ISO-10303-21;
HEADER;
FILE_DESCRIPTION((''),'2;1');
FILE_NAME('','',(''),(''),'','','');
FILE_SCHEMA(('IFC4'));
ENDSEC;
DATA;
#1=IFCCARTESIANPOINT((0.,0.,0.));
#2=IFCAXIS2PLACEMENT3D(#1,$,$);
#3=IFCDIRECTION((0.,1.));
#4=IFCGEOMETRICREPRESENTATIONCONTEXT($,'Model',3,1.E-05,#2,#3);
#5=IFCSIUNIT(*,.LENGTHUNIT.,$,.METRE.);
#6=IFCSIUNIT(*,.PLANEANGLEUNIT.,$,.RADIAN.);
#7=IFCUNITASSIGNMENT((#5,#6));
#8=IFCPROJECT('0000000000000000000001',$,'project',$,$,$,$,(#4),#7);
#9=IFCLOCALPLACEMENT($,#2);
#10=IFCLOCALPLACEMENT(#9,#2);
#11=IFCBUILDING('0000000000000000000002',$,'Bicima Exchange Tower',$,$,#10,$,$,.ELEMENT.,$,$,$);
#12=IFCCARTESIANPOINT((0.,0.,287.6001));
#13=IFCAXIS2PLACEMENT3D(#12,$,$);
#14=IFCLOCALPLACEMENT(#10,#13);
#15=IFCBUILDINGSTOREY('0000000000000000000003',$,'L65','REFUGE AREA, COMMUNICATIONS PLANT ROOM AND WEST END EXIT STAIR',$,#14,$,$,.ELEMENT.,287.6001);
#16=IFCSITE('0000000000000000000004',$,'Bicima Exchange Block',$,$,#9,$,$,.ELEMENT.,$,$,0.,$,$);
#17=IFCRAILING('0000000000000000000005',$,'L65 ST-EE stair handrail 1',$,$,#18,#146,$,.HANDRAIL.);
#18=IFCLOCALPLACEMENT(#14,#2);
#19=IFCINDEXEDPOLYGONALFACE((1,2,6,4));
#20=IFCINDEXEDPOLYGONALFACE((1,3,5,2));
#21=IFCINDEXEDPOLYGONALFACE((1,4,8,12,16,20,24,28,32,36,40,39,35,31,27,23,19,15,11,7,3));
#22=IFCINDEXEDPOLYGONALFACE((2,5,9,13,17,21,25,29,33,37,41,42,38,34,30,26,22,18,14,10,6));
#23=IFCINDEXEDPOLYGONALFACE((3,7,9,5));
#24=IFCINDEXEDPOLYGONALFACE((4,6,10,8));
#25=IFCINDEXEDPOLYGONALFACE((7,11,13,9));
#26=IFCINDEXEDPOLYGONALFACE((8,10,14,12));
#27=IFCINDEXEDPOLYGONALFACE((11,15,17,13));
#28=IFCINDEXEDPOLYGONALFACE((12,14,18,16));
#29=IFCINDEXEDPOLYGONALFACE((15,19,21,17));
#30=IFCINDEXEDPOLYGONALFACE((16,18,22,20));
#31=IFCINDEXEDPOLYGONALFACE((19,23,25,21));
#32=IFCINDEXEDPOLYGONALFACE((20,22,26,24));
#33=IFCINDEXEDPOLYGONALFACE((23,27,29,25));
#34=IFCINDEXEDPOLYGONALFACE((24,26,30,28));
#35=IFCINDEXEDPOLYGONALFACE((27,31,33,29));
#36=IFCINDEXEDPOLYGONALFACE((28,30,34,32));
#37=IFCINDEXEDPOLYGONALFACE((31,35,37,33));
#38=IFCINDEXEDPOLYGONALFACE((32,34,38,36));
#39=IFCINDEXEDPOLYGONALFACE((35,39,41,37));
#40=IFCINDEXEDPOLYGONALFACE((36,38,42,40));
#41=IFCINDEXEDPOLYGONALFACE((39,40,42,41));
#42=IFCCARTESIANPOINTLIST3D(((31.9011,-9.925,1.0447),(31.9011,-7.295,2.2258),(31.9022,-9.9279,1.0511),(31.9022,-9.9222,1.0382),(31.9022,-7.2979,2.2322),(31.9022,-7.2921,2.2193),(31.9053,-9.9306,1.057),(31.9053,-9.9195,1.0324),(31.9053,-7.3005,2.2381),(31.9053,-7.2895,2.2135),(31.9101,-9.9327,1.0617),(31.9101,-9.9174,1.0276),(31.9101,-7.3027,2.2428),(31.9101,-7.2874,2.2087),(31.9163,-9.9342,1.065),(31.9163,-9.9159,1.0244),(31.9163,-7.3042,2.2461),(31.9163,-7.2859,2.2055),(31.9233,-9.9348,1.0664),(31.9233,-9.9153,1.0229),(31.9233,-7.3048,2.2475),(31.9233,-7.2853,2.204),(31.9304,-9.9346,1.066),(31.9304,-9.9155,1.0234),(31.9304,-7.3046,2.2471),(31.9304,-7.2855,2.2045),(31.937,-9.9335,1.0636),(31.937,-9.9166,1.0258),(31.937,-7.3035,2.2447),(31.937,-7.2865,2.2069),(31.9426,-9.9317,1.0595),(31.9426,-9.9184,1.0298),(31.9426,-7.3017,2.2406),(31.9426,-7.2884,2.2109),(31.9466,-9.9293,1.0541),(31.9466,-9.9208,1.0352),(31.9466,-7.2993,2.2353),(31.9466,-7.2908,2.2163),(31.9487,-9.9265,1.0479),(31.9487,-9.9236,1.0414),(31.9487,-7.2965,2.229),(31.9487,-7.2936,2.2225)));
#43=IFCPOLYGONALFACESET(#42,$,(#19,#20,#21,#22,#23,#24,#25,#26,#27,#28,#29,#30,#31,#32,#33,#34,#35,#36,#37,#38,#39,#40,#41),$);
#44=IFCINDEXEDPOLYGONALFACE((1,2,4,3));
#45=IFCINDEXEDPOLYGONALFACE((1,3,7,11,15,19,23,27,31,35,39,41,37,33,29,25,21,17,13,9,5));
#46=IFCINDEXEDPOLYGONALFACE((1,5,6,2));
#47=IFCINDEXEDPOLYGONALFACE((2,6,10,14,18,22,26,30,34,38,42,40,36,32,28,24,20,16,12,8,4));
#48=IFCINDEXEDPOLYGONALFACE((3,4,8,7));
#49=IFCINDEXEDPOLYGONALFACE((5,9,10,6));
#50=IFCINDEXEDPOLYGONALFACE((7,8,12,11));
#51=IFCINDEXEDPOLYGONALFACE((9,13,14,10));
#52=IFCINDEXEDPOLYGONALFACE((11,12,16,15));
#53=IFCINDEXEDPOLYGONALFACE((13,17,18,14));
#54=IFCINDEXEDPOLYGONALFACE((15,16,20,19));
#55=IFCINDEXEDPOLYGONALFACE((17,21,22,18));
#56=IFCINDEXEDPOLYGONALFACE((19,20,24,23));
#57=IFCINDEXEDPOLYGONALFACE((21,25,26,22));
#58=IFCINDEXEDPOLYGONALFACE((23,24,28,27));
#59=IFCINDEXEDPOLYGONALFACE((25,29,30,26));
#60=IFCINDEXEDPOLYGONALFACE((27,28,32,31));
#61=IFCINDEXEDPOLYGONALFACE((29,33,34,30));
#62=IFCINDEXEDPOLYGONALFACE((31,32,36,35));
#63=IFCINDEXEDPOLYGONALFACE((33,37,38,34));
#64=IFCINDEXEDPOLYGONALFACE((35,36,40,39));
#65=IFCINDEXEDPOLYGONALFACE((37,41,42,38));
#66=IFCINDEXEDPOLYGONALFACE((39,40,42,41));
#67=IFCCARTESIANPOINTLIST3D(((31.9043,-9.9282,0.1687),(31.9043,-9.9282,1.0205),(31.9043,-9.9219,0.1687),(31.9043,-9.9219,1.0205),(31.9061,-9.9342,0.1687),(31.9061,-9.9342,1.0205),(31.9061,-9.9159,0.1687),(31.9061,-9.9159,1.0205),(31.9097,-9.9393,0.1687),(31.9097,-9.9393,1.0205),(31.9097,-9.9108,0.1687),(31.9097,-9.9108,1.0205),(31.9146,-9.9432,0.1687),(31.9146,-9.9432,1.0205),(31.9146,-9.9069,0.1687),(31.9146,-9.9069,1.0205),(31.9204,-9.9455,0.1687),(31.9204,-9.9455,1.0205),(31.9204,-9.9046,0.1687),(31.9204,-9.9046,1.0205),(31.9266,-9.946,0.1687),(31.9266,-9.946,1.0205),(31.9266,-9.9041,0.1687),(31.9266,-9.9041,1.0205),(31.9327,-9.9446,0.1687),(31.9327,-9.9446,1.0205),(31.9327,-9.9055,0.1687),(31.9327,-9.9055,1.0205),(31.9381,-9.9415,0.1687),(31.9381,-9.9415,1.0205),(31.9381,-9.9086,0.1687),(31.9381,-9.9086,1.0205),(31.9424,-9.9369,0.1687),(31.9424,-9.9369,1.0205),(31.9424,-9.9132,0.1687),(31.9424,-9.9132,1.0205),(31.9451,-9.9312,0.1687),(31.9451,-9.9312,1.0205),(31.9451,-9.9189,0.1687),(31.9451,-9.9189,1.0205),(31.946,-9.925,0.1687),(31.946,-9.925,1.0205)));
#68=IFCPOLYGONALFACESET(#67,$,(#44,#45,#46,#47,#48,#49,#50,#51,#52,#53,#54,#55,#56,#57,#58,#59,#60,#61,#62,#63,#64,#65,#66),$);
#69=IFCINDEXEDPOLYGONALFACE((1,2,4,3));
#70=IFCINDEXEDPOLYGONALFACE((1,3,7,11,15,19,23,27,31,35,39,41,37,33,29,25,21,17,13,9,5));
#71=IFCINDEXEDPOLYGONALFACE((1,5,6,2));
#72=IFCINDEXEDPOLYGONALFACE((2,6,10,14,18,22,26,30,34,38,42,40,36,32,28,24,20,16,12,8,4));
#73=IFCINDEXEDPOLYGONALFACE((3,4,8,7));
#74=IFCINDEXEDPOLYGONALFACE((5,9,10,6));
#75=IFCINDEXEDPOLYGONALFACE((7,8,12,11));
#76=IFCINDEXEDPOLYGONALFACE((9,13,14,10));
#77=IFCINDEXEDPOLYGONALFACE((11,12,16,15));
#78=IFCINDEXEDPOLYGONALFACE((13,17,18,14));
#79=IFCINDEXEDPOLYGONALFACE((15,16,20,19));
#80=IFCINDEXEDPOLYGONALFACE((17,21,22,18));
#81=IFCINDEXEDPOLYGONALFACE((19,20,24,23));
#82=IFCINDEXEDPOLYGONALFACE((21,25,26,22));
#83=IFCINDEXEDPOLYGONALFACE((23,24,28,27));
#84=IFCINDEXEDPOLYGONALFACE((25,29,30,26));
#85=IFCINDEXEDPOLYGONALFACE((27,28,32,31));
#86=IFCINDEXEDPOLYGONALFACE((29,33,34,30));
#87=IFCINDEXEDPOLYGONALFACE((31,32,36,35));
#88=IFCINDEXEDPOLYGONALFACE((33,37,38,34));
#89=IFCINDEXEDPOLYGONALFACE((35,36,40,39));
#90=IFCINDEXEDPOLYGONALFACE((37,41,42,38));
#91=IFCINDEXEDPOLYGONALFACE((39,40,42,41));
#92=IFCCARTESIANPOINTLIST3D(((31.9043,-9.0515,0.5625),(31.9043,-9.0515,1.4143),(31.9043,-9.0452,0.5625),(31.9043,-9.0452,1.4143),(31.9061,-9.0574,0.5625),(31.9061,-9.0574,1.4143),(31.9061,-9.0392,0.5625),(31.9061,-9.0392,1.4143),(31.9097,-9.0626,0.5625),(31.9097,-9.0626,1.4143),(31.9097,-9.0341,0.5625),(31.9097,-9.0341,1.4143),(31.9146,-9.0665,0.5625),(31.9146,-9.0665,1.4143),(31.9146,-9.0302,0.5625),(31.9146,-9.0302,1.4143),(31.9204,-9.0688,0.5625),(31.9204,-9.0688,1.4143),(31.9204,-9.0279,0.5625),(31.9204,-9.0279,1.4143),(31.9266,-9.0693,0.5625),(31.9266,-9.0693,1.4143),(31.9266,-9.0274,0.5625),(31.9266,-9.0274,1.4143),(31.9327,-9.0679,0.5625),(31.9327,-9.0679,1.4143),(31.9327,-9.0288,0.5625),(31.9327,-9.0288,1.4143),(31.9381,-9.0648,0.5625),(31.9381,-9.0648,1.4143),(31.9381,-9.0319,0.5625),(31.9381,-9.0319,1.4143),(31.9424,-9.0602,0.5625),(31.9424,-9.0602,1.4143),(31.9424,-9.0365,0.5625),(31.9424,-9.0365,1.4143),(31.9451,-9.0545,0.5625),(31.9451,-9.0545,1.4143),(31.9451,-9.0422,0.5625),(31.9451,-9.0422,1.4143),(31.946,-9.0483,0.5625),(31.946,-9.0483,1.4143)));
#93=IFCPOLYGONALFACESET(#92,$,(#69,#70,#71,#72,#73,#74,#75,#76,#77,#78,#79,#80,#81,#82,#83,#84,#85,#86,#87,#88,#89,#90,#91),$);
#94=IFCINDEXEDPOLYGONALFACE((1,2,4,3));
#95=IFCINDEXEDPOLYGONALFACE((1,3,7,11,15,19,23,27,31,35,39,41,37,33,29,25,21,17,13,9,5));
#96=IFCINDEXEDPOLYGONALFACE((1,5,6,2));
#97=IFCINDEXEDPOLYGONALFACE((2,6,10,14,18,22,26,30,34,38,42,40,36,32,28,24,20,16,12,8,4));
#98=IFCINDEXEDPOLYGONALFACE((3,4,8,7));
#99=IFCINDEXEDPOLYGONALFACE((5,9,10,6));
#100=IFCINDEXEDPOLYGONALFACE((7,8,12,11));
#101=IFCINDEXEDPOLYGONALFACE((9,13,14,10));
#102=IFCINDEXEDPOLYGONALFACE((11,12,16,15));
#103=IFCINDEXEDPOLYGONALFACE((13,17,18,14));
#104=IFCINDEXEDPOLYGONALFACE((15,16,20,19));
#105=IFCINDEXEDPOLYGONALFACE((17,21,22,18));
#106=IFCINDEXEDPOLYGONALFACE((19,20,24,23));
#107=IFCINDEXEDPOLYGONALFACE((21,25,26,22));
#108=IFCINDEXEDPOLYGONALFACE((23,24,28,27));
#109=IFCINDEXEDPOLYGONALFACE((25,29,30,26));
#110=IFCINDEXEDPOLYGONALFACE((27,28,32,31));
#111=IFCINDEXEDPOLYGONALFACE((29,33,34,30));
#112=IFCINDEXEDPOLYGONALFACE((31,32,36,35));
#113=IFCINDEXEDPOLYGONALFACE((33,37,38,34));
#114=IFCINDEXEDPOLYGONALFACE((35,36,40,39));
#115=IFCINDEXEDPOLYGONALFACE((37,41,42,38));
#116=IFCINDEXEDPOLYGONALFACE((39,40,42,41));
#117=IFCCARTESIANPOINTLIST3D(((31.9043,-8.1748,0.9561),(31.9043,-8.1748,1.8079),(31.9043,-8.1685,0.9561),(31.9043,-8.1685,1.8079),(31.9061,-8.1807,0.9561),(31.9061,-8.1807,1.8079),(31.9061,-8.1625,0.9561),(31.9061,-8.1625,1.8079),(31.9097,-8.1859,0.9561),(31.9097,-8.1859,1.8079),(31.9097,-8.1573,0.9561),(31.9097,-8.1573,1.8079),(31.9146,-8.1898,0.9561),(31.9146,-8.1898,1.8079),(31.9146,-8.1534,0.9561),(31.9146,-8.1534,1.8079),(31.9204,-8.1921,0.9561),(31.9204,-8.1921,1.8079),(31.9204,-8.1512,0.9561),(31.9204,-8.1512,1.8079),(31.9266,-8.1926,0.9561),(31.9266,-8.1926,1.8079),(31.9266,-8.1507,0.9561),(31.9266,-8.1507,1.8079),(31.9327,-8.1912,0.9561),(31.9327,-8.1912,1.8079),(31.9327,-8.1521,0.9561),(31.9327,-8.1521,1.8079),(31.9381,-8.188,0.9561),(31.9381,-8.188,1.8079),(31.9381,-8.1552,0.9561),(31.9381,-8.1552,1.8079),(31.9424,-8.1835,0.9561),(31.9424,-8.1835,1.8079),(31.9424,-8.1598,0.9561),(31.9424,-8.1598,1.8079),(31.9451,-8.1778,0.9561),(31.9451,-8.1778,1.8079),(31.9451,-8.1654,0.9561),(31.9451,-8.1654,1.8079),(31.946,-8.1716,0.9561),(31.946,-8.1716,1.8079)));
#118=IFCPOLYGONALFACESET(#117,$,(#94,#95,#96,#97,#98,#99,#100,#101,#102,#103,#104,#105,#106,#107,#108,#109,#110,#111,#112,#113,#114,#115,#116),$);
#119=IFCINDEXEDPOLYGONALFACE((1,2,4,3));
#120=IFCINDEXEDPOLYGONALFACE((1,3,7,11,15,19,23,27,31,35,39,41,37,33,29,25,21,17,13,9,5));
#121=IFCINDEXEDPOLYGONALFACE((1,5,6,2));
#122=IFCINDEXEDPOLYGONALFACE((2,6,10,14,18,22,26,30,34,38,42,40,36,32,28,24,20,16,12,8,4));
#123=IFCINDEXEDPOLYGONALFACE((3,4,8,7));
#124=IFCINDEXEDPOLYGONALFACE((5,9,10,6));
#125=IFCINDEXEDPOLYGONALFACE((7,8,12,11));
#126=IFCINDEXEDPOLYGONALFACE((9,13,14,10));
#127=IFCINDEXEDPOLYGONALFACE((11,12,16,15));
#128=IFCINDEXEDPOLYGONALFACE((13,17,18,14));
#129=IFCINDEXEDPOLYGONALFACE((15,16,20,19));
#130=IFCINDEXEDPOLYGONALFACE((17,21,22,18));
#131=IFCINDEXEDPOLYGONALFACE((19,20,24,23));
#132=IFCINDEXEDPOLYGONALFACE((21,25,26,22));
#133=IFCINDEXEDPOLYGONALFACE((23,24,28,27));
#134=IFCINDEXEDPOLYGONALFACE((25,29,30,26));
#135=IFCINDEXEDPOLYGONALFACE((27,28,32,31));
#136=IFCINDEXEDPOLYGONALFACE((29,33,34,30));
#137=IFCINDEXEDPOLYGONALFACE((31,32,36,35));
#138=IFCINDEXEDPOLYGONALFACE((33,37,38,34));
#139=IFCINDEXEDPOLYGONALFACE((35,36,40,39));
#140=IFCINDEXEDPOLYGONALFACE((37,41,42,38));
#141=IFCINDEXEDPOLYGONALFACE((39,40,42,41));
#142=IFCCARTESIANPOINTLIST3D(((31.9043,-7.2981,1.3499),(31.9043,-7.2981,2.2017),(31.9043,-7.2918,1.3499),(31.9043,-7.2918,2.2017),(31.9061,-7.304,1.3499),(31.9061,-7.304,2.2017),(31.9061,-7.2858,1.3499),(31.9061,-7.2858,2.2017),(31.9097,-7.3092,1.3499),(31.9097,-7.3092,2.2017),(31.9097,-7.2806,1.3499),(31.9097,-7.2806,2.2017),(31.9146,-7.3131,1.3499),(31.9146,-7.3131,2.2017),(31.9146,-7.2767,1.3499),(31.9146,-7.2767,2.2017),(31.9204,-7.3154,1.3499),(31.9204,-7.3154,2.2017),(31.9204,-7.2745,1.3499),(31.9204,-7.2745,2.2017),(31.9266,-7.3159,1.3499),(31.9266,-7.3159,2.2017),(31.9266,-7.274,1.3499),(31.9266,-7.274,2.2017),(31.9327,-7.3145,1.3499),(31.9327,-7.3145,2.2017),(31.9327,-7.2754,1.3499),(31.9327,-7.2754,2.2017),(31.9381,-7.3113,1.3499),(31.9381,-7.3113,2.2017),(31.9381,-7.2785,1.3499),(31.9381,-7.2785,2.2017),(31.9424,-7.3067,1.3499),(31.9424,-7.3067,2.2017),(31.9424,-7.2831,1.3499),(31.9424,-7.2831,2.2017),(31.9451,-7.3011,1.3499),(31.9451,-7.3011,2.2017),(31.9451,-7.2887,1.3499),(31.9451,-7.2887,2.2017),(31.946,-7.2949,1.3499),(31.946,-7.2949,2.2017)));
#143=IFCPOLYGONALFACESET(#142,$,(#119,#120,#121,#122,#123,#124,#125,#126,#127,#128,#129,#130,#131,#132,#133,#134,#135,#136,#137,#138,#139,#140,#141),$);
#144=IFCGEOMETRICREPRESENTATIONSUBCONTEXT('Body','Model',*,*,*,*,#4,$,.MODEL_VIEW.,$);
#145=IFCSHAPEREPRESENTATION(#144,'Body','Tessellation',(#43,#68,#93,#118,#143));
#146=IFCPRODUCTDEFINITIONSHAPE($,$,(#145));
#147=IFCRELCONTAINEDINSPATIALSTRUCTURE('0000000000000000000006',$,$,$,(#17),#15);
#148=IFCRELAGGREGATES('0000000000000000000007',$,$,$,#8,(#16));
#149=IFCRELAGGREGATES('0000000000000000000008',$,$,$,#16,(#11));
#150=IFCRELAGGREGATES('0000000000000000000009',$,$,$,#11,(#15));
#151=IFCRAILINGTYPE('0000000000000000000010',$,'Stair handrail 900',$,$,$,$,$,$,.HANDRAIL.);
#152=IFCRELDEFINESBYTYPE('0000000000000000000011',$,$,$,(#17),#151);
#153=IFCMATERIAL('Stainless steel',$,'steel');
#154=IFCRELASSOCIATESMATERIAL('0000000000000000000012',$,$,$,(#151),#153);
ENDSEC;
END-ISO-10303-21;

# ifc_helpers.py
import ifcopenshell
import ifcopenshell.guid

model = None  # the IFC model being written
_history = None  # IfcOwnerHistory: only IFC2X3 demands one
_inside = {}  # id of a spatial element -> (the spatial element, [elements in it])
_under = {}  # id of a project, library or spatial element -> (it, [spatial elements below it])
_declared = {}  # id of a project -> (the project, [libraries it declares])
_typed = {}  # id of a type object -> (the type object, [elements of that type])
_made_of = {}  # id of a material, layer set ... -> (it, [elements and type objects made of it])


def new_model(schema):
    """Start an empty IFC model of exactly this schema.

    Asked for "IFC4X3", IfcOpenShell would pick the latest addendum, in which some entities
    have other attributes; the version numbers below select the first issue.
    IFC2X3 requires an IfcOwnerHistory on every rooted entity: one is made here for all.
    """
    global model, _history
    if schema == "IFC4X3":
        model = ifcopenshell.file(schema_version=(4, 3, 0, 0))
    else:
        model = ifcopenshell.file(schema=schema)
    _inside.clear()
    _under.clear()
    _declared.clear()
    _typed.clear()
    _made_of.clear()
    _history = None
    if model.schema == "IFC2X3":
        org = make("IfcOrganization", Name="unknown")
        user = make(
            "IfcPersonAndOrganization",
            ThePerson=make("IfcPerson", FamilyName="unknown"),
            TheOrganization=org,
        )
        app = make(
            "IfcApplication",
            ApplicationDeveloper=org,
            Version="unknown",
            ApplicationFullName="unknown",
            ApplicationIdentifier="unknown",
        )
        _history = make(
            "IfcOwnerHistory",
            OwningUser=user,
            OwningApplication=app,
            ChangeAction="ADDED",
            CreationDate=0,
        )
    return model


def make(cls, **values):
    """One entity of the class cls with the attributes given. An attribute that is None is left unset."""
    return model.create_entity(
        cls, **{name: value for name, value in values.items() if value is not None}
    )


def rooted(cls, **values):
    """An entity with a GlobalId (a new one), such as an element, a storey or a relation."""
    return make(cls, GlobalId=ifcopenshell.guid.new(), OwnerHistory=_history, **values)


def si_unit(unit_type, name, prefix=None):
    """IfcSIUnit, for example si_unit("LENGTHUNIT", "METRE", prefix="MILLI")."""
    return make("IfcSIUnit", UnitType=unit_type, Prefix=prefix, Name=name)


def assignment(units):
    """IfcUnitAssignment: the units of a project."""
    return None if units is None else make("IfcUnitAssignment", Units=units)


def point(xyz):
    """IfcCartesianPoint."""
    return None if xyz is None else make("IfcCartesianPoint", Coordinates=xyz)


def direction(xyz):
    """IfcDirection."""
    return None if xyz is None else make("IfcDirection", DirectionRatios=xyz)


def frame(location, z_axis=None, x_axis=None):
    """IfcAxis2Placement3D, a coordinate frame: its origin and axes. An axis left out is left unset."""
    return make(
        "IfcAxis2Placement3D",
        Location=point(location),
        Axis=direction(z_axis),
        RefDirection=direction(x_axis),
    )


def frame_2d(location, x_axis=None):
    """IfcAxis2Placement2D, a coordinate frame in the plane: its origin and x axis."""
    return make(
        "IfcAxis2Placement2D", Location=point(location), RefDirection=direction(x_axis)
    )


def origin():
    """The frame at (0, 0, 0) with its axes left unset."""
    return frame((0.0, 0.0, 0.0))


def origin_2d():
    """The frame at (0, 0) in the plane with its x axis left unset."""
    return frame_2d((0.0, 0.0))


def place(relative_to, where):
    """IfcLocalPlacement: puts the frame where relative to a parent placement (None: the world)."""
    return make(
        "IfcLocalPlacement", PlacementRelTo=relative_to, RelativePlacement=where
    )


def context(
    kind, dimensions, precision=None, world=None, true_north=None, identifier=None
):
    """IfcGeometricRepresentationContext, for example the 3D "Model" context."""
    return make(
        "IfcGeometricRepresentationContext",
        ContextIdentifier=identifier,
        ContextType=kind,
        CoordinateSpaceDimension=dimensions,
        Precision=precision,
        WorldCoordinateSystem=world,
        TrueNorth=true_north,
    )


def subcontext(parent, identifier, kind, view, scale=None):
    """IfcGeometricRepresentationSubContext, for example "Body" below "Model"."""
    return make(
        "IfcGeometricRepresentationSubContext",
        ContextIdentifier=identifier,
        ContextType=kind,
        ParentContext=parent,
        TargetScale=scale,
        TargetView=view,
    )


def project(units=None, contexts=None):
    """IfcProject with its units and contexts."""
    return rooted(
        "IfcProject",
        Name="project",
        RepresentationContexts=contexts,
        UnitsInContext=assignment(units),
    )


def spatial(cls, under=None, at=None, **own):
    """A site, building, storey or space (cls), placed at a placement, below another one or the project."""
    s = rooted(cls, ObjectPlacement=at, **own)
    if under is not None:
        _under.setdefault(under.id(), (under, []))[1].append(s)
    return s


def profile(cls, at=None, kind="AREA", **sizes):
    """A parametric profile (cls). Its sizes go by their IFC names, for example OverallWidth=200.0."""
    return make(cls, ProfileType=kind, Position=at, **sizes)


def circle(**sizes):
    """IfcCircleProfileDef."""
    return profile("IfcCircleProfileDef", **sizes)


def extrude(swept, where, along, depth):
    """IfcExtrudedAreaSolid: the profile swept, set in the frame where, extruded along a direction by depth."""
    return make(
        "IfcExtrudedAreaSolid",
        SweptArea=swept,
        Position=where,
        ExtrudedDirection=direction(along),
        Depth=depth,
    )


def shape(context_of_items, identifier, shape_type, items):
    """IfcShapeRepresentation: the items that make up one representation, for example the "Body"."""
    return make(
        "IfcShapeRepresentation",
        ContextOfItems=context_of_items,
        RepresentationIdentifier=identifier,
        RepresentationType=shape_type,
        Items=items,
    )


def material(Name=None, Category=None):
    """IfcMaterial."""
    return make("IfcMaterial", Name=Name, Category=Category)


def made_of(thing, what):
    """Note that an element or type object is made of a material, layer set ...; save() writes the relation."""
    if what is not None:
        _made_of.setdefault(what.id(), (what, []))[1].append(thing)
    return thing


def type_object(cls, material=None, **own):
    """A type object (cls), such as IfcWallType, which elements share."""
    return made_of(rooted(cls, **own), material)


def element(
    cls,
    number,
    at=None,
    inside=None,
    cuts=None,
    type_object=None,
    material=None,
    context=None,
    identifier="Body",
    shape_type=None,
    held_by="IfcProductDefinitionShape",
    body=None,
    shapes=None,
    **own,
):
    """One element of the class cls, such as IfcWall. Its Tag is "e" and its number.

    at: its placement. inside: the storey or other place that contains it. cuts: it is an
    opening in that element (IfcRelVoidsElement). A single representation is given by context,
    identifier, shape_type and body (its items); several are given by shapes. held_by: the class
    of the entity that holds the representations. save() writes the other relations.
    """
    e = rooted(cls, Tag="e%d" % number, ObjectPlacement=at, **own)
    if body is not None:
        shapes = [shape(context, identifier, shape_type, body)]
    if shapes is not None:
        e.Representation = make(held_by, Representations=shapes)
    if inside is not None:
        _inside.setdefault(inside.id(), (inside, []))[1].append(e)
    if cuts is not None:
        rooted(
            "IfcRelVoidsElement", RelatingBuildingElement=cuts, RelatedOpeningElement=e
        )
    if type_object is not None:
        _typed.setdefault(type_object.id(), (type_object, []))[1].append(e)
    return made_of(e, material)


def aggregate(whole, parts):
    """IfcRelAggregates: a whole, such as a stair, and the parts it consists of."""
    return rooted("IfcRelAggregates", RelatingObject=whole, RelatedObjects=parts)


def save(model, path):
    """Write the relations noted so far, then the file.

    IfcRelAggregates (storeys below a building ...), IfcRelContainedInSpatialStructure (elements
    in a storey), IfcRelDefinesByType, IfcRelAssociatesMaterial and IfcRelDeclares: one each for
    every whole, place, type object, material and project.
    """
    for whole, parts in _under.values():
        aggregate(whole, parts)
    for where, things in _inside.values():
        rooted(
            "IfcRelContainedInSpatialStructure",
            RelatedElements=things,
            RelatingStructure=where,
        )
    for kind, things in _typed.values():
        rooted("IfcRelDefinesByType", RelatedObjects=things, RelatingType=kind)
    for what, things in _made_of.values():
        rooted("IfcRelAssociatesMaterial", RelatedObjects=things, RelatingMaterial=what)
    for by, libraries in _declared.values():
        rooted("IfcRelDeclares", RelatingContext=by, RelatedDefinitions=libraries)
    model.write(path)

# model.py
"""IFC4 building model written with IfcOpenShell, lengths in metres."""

from ifc_helpers import new_model, si_unit, direction, frame, origin, origin_2d, place, context, subcontext, project, spatial, circle, extrude, material, type_object, element, save


model = new_model("IFC4")

# Units and contexts
model_context = context("Model", 3, precision=1e-05, world=origin(), true_north=direction((0.0, 1.0)))
body_context = subcontext(model_context, "Body", "Model", "MODEL_VIEW")
ifc_project = project(units=[si_unit("LENGTHUNIT", "METRE"), si_unit("PLANEANGLEUNIT", "RADIAN")], contexts=[model_context])

# Site, building, storey
site_placement = place(None, origin())
site = spatial("IfcSite", under=ifc_project, at=site_placement, Name="Bicima Exchange Block", CompositionType="ELEMENT", RefElevation=0.0)
building_placement = place(site_placement, origin())
building = spatial("IfcBuilding", under=site, at=building_placement, Name="Bicima Exchange Tower", CompositionType="ELEMENT")
storey_placement = place(building_placement, frame((0.0, 0.0, 287.6001)))
storey = spatial("IfcBuildingStorey", under=building, at=storey_placement, Name="L65", Description="REFUGE AREA, COMMUNICATIONS PLANT ROOM AND WEST END EXIT STAIR", CompositionType="ELEMENT", Elevation=287.6001)

# Railing
ifc_material_1 = material(Name="Stainless steel", Category="steel")
railing_type_1 = type_object("IfcRailingType", Name="Stair handrail 900", PredefinedType="HANDRAIL", material=ifc_material_1)
for number, where, name in (
    (1, (31.925, -9.925, 0.1687), "L65 ST-EE stair handrail 1"),
):
    element("IfcRailing", number, at=place(storey_placement, frame(where)), inside=storey, type_object=railing_type_1, Name=name, PredefinedType="HANDRAIL", context=body_context, shape_type="SweptSolid", body=[
        extrude(circle(Radius=0.0239, at=origin_2d()), frame((0.0, 0.0, 0.876), z_axis=(0.0, 0.912233, 0.409671), x_axis=(-1.0, 0.0, 0.0)), (0.0, 0.0, 1.0), 2.8831),
        extrude(circle(Radius=0.021, at=origin_2d()), origin(), (0.0, 0.0, 1.0), 0.8518),
        extrude(circle(Radius=0.021, at=origin_2d()), frame((0.0, 0.8767, 0.3938)), (0.0, 0.0, 1.0), 0.8518),
        extrude(circle(Radius=0.021, at=origin_2d()), frame((0.0, 1.7534, 0.7874)), (0.0, 0.0, 1.0), 0.8518),
        extrude(circle(Radius=0.021, at=origin_2d()), frame((0.0, 2.6301, 1.1812)), (0.0, 0.0, 1.0), 0.8518),
    ])

save(model, "model.ifc")
